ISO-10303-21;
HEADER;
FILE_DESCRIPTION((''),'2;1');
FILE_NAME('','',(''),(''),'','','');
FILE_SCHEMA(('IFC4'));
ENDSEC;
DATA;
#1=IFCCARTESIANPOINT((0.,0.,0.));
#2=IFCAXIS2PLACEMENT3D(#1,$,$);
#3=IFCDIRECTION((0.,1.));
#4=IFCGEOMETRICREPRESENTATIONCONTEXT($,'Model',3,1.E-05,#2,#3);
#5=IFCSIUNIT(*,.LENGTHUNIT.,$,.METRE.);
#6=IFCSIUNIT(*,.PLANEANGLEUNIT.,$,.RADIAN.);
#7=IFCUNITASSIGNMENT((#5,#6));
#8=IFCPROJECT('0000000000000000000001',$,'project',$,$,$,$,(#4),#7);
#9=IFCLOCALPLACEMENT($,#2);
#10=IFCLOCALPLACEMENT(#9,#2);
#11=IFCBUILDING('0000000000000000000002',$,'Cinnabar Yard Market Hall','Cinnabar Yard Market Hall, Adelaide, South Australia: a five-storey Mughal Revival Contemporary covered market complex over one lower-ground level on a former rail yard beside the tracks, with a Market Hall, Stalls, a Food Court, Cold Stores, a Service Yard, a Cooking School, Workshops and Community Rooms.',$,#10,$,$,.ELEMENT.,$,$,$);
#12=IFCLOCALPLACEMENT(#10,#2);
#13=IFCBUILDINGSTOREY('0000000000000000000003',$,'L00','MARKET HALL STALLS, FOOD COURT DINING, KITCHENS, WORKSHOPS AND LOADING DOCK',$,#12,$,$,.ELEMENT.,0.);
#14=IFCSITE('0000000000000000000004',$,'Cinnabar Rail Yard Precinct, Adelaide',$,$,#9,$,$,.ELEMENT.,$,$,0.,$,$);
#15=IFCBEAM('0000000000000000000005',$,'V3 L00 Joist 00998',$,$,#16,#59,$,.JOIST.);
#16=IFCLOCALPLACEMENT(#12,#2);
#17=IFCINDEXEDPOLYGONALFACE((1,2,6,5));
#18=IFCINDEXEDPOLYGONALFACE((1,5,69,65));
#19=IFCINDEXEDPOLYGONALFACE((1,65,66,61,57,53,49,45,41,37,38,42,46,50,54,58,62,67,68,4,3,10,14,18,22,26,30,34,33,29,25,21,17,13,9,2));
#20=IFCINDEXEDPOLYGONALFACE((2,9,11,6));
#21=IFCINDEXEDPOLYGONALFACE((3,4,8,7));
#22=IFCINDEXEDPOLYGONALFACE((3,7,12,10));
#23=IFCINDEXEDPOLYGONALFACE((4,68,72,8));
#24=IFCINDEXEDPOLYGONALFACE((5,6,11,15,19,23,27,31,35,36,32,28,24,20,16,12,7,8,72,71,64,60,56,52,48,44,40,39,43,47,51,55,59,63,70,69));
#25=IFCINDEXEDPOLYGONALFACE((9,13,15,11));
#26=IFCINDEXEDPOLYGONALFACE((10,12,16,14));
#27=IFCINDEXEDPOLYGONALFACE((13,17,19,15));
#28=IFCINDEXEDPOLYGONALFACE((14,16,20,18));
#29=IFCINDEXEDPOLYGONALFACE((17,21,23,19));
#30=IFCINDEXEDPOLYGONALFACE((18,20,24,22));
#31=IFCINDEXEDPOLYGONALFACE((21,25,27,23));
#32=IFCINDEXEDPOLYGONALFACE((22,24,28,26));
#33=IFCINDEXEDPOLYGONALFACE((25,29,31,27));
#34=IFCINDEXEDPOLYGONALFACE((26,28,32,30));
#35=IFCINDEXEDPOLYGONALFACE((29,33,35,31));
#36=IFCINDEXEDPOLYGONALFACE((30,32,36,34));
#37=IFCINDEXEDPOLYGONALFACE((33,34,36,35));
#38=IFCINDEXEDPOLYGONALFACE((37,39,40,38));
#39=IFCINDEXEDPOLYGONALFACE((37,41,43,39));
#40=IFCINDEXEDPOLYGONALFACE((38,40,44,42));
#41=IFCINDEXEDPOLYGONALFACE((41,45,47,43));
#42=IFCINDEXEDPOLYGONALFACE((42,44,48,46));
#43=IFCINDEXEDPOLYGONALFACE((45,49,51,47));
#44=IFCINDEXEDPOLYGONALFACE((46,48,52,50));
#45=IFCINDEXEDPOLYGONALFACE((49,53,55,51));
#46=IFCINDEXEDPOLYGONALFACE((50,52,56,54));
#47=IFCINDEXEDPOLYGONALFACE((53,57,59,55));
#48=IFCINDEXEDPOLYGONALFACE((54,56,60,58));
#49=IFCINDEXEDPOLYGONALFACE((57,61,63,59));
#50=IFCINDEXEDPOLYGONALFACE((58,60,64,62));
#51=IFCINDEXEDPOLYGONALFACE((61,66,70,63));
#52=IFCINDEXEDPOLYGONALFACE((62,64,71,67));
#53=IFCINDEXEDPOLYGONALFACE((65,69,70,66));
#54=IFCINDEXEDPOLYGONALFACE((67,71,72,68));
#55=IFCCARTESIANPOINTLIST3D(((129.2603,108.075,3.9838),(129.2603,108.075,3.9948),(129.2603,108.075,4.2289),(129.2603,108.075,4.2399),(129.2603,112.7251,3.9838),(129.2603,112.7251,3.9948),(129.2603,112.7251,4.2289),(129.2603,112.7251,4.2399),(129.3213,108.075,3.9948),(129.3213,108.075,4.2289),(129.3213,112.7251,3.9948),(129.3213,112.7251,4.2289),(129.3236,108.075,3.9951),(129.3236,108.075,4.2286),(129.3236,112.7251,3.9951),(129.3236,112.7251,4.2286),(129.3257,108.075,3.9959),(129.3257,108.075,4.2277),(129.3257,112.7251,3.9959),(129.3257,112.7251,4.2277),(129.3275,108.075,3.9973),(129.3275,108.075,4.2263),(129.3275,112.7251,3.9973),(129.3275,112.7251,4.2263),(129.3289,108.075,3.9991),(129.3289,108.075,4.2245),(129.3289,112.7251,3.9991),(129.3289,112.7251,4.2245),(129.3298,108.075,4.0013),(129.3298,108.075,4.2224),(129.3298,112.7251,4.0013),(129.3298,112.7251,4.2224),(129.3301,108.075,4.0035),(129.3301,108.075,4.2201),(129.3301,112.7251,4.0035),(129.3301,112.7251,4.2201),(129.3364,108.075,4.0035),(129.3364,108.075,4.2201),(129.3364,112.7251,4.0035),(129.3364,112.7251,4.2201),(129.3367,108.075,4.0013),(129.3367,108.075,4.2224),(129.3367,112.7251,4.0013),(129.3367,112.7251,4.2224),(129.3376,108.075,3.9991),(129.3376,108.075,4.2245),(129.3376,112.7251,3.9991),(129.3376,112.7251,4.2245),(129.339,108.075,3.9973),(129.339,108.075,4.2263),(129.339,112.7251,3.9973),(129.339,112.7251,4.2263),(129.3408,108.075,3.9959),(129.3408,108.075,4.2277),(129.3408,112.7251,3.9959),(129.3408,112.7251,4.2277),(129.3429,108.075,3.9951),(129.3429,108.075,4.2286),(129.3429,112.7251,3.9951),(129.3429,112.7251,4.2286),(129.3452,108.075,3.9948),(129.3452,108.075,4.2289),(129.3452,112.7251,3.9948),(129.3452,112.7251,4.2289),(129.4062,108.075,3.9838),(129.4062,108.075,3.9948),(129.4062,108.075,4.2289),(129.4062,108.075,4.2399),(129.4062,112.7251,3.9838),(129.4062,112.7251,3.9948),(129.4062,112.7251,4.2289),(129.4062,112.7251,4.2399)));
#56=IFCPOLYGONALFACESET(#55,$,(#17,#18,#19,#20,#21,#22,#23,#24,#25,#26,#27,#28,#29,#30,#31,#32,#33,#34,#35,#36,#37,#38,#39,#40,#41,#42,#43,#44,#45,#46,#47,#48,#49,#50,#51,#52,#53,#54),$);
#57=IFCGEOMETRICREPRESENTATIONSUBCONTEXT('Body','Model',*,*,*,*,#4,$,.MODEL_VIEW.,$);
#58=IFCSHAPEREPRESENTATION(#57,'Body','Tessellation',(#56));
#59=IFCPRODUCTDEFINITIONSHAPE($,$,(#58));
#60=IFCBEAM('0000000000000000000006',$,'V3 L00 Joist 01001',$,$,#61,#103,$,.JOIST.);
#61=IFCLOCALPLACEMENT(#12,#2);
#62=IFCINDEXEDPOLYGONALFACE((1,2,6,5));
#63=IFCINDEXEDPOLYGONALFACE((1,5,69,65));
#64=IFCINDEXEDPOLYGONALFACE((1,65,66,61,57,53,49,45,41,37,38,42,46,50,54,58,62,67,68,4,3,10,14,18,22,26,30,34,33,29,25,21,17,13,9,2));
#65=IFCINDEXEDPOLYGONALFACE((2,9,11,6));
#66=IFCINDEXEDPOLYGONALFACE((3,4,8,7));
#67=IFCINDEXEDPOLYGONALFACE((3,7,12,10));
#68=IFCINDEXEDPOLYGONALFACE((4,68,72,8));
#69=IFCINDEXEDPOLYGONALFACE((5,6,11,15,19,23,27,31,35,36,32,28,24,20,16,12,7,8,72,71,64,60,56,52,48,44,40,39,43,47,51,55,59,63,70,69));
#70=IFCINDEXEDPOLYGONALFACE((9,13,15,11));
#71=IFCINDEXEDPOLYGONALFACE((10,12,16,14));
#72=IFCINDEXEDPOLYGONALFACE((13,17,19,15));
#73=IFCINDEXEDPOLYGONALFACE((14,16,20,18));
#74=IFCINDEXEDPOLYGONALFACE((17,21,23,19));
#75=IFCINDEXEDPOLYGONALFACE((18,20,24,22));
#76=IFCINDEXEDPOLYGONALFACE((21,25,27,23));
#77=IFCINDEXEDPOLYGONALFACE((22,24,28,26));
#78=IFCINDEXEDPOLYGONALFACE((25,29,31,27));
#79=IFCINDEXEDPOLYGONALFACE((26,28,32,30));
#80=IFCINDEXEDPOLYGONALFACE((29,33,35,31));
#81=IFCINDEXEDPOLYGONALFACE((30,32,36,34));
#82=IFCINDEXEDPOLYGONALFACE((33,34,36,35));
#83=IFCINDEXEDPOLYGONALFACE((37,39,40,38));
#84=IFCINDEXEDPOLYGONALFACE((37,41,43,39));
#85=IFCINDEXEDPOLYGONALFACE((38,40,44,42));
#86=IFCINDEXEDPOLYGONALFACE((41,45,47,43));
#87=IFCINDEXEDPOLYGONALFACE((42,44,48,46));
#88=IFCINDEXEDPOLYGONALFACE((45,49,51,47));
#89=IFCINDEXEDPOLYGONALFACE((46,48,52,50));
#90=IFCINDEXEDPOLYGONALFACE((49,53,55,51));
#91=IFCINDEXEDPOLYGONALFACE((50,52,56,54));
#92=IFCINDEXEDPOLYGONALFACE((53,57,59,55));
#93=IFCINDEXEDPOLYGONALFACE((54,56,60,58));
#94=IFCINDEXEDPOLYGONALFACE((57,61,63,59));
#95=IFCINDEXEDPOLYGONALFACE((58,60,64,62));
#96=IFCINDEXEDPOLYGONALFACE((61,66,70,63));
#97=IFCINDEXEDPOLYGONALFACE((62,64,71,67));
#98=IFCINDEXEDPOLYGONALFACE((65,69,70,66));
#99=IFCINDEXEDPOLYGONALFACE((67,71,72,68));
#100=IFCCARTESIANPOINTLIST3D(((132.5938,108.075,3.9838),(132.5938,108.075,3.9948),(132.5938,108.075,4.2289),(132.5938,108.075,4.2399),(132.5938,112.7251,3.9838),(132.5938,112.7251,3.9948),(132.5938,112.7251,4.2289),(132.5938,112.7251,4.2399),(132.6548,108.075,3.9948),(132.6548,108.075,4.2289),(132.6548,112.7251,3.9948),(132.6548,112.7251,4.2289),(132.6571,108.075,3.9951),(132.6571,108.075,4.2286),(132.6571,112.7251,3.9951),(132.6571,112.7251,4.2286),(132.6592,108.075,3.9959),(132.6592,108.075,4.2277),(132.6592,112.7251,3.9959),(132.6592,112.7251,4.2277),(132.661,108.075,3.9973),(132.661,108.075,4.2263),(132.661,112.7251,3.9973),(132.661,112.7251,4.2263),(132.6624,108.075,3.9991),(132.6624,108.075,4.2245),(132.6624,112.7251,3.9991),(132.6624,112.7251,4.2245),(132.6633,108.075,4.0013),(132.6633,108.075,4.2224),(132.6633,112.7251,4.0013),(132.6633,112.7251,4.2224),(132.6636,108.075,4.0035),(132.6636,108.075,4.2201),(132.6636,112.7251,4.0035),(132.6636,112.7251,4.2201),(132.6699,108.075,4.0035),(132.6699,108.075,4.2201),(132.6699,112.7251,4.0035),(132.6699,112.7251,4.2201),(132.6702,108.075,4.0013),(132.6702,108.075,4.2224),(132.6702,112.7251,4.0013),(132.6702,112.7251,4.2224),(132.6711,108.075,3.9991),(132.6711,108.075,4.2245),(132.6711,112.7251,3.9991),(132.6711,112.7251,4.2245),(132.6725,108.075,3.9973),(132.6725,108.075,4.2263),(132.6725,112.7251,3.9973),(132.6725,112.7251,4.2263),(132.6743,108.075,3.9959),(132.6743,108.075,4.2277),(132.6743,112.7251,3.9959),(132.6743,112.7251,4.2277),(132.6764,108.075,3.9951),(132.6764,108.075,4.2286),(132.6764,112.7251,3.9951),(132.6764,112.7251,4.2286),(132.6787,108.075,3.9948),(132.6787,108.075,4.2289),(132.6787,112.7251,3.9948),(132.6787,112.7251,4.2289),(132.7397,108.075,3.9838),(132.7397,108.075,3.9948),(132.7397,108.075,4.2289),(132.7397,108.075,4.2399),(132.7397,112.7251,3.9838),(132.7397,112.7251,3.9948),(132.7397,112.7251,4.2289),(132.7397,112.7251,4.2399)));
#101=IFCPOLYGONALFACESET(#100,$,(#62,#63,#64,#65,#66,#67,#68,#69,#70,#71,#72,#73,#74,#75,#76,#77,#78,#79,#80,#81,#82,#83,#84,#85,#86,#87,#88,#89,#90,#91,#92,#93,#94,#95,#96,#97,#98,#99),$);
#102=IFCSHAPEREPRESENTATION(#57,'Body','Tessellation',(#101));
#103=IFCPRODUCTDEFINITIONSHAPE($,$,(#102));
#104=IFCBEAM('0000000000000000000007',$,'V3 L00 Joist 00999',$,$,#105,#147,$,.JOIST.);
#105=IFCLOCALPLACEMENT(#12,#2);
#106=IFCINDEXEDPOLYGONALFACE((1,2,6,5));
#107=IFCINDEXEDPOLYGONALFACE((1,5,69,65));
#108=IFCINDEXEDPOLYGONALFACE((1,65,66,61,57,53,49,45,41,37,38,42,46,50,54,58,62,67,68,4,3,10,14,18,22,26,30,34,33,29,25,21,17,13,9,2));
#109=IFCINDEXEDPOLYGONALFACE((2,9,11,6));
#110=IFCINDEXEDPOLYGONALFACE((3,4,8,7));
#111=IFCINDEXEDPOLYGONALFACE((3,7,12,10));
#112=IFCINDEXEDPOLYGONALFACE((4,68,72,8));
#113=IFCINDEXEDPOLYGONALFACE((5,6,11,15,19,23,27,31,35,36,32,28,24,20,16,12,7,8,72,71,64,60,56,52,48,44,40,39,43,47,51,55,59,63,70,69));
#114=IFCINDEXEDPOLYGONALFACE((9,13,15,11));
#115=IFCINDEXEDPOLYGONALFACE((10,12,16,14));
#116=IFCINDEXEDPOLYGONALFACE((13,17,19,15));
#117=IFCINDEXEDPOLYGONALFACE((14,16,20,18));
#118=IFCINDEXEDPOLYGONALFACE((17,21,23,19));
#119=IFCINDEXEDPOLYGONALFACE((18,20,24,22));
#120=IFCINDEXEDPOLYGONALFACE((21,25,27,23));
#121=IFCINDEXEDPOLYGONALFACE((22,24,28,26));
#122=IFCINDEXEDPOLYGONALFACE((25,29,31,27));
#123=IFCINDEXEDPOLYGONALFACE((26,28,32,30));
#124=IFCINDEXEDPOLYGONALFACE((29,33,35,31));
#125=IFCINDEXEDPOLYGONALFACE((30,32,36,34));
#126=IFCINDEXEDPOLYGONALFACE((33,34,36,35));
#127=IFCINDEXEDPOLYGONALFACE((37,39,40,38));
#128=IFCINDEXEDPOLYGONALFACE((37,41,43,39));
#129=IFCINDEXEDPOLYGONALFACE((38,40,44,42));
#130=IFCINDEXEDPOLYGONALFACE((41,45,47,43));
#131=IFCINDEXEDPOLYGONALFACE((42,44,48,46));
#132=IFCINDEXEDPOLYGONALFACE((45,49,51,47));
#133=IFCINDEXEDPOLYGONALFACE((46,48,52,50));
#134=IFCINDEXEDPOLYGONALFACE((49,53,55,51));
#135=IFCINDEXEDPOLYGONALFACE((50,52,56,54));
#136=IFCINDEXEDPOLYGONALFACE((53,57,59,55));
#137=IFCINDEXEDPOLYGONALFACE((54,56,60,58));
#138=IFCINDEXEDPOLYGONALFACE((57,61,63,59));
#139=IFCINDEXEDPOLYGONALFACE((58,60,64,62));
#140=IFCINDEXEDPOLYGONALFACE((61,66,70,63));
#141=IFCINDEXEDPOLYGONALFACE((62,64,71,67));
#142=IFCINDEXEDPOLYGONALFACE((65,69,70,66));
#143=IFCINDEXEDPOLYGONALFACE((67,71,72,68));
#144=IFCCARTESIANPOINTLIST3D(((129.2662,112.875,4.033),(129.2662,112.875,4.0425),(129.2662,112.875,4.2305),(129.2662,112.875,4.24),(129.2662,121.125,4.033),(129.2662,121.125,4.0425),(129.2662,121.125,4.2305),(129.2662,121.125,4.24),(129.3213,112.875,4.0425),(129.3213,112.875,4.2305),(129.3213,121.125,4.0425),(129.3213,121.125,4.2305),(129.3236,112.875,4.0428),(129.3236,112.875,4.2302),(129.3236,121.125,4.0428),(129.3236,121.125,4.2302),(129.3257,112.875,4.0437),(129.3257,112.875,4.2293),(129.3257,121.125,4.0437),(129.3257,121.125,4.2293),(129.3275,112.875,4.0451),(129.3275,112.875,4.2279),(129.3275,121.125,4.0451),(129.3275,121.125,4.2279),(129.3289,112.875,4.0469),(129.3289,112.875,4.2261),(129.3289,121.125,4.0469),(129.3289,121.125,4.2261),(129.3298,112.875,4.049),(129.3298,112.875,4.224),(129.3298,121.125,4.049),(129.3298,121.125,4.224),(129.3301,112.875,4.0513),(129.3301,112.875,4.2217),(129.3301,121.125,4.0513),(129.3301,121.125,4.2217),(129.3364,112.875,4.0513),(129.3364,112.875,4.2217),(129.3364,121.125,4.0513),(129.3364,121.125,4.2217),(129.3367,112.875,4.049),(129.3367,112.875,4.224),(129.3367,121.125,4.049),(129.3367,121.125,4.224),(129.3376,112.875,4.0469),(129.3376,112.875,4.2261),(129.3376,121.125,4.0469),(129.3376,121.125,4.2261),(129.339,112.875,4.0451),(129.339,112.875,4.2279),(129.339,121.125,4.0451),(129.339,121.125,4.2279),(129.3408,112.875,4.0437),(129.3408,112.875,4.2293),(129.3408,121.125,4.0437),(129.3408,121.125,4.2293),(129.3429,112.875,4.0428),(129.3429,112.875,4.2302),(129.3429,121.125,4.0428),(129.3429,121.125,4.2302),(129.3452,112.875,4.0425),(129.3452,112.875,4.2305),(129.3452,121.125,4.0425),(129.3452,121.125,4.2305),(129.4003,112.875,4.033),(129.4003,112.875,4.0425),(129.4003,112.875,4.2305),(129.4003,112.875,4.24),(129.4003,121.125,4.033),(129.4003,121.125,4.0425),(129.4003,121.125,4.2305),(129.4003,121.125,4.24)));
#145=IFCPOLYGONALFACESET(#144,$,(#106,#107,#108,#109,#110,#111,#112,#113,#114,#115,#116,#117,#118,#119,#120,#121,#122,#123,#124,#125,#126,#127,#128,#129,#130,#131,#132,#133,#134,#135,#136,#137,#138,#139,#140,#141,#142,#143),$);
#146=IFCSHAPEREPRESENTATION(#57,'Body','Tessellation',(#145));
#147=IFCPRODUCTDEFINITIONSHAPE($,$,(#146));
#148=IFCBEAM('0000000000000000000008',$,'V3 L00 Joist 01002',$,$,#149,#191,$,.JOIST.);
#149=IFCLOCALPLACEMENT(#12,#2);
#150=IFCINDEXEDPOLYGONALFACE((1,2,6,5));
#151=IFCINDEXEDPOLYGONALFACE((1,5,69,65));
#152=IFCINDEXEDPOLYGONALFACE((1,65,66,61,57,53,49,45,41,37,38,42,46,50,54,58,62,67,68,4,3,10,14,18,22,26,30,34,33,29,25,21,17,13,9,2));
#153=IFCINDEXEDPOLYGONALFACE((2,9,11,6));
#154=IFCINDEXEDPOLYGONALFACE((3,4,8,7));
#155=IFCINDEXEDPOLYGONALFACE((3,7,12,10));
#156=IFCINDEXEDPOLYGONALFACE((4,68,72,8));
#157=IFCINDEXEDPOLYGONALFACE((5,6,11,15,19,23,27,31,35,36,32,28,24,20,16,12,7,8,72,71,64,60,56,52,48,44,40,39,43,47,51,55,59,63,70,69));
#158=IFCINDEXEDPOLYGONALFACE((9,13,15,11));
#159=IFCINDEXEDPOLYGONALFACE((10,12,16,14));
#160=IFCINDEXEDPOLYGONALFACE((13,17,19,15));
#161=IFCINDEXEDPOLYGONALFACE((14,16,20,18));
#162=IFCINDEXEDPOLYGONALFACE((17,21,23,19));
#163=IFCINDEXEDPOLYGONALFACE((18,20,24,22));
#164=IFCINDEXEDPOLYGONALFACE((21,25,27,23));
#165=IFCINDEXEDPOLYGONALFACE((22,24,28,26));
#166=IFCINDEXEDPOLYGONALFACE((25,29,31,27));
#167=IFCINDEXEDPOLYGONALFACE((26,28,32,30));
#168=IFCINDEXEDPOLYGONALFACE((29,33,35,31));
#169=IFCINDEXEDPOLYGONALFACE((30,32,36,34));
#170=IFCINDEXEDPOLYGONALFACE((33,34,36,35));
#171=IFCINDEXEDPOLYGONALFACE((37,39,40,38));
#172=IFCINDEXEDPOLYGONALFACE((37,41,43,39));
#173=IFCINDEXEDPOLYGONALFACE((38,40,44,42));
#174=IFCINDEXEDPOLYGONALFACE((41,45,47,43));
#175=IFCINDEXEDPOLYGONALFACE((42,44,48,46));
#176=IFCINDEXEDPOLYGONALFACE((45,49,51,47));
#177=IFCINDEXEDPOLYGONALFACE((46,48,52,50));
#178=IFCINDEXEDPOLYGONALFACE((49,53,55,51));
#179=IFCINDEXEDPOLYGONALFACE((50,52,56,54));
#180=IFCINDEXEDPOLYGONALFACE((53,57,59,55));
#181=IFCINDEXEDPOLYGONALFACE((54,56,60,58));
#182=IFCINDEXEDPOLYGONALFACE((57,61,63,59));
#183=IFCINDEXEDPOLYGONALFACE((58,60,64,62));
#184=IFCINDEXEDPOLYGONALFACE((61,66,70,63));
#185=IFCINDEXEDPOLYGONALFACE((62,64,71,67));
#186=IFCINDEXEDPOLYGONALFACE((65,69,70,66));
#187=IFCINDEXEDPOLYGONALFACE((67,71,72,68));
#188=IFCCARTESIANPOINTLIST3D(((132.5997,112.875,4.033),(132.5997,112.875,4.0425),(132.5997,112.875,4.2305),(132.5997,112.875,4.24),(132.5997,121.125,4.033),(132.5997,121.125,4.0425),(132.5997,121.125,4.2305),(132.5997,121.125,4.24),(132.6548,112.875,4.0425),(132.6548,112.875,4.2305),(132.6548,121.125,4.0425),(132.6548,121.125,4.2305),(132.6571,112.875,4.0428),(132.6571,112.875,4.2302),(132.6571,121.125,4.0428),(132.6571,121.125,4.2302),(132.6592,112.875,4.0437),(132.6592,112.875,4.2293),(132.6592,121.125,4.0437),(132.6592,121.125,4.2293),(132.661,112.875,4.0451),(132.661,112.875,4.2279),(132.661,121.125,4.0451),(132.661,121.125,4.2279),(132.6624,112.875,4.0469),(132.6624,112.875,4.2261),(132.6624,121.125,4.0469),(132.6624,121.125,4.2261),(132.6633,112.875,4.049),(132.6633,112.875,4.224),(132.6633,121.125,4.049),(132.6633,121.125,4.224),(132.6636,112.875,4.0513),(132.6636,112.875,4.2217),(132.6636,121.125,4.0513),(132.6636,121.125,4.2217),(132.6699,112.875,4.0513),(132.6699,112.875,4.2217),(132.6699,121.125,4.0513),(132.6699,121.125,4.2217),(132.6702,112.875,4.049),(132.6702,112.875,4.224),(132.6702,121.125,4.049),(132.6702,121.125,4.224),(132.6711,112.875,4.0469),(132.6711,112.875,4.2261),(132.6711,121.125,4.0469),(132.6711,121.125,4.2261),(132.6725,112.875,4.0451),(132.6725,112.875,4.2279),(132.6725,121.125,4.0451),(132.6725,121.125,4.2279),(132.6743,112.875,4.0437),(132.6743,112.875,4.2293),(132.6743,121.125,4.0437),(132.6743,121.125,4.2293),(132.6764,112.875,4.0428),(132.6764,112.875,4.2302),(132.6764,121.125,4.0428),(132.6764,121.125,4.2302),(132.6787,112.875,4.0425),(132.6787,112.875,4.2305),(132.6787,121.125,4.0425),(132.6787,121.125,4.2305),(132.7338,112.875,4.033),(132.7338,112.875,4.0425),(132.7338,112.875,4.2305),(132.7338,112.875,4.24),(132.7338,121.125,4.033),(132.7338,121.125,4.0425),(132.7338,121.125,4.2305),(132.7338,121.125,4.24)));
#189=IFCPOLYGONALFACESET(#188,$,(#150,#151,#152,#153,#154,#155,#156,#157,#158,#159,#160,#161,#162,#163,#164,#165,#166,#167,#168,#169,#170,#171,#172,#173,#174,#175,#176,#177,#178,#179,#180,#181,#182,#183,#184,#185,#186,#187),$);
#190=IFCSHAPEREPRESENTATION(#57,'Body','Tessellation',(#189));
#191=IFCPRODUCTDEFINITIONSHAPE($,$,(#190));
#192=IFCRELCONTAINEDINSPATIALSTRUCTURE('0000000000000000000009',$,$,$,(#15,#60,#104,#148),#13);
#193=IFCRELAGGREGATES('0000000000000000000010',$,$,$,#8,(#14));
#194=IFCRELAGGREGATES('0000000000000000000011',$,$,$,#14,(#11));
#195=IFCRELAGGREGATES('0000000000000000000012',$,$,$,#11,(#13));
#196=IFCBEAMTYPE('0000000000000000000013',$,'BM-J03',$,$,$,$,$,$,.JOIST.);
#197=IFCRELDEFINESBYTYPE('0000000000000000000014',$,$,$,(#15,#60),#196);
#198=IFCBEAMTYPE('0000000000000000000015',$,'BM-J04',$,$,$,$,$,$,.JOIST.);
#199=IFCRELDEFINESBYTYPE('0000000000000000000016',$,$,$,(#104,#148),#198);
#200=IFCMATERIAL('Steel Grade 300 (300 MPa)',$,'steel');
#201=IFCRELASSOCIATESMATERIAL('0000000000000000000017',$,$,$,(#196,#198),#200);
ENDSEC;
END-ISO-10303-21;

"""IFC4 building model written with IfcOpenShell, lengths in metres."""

from ifc_helpers import new_model, si_unit, direction, frame, origin, origin_2d_with_axis, place, context, subcontext, project, spatial, i_section, extrude, material, material_profile, profile_set, type_object, element, save


model = new_model("IFC4")

# Units and contexts
model_context = context("Model", 3, precision=1e-05, world=origin(), true_north=direction((0.0, 1.0)))
body_context = subcontext(model_context, "Body", "Model", "MODEL_VIEW")
ifc_project = project(units=[si_unit("LENGTHUNIT", "METRE"), si_unit("PLANEANGLEUNIT", "RADIAN")], contexts=[model_context])

# Site, building, storey
site_placement = place(None, origin())
site = spatial("IfcSite", under=ifc_project, at=site_placement, Name="Cinnabar Rail Yard Precinct, Adelaide", CompositionType="ELEMENT", RefElevation=0.0)
building_placement = place(site_placement, origin())
building = spatial("IfcBuilding", under=site, at=building_placement, Name="Cinnabar Yard Market Hall", Description="Cinnabar Yard Market Hall, Adelaide, South Australia: a five-storey Mughal Revival Contemporary covered market complex over one lower-ground level on a former rail yard beside the tracks, with a Market Hall, Stalls, a Food Court, Cold Stores, a Service Yard, a Cooking School, Workshops and Community Rooms.", CompositionType="ELEMENT")
storey_placement = place(building_placement, origin())
storey = spatial("IfcBuildingStorey", under=building, at=storey_placement, Name="L00", Description="MARKET HALL STALLS, FOOD COURT DINING, KITCHENS, WORKSHOPS AND LOADING DOCK", CompositionType="ELEMENT", Elevation=0.0)

# Shared definitions
ifc_material_1 = material(Name="Steel Grade 300 (300 MPa)", Category="steel")

# Beams
ifc_material_profile_1 = material_profile(ifc_material_1, i_section(OverallWidth=0.146, OverallDepth=0.2561, WebThickness=0.0063, FlangeThickness=0.011, FilletRadius=0.0088, at=origin_2d_with_axis()), Name="250UB37.3")
ifc_profile_set_1 = profile_set([ifc_material_profile_1], Name="Steel Grade 300 (300 MPa)")
beam_type_1 = type_object("IfcBeamType", Name="BM-J03", PredefinedType="JOIST", material=ifc_profile_set_1)
for number, where, z_axis, x_axis, name in (
    (1, (129.3333, 108.075, 4.1118), (0.0, 1.0, 0.0), (-1.0, 0.0, 0.0), "V3 L00 Joist 00998"),
    (2, (132.6667, 108.075, 4.1118), (0.0, 1.0, 0.0), (-1.0, 0.0, 0.0), "V3 L00 Joist 01001"),
):
    element("IfcBeam", number, at=place(storey_placement, frame(where, z_axis=z_axis, x_axis=x_axis)), inside=storey, type_object=beam_type_1, Name=name, PredefinedType="JOIST", context=body_context, shape_type="SweptSolid", body=[
        extrude(i_section(OverallWidth=0.146, OverallDepth=0.2561, WebThickness=0.0063, FlangeThickness=0.011, FilletRadius=0.0088, at=origin_2d_with_axis()), origin(), (0.0, 0.0, 1.0), 4.6501),
    ])
ifc_material_profile_2 = material_profile(ifc_material_1, i_section(OverallWidth=0.134, OverallDepth=0.207, WebThickness=0.0063, FlangeThickness=0.0095, FilletRadius=0.0088, at=origin_2d_with_axis()), Name="200UB29.8")
ifc_profile_set_2 = profile_set([ifc_material_profile_2], Name="Steel Grade 300 (300 MPa)")
beam_type_2 = type_object("IfcBeamType", Name="BM-J04", PredefinedType="JOIST", material=ifc_profile_set_2)
for number, where, z_axis, x_axis, name in (
    (3, (129.3333, 112.875, 4.1365), (0.0, 1.0, 0.0), (-1.0, 0.0, 0.0), "V3 L00 Joist 00999"),
    (4, (132.6667, 112.875, 4.1365), (0.0, 1.0, 0.0), (-1.0, 0.0, 0.0), "V3 L00 Joist 01002"),
):
    element("IfcBeam", number, at=place(storey_placement, frame(where, z_axis=z_axis, x_axis=x_axis)), inside=storey, type_object=beam_type_2, Name=name, PredefinedType="JOIST", context=body_context, shape_type="SweptSolid", body=[
        extrude(i_section(OverallWidth=0.134, OverallDepth=0.207, WebThickness=0.0063, FlangeThickness=0.0095, FilletRadius=0.0088, at=origin_2d_with_axis()), origin(), (0.0, 0.0, 1.0), 8.25),
    ])

save(model, "model.ifc")
